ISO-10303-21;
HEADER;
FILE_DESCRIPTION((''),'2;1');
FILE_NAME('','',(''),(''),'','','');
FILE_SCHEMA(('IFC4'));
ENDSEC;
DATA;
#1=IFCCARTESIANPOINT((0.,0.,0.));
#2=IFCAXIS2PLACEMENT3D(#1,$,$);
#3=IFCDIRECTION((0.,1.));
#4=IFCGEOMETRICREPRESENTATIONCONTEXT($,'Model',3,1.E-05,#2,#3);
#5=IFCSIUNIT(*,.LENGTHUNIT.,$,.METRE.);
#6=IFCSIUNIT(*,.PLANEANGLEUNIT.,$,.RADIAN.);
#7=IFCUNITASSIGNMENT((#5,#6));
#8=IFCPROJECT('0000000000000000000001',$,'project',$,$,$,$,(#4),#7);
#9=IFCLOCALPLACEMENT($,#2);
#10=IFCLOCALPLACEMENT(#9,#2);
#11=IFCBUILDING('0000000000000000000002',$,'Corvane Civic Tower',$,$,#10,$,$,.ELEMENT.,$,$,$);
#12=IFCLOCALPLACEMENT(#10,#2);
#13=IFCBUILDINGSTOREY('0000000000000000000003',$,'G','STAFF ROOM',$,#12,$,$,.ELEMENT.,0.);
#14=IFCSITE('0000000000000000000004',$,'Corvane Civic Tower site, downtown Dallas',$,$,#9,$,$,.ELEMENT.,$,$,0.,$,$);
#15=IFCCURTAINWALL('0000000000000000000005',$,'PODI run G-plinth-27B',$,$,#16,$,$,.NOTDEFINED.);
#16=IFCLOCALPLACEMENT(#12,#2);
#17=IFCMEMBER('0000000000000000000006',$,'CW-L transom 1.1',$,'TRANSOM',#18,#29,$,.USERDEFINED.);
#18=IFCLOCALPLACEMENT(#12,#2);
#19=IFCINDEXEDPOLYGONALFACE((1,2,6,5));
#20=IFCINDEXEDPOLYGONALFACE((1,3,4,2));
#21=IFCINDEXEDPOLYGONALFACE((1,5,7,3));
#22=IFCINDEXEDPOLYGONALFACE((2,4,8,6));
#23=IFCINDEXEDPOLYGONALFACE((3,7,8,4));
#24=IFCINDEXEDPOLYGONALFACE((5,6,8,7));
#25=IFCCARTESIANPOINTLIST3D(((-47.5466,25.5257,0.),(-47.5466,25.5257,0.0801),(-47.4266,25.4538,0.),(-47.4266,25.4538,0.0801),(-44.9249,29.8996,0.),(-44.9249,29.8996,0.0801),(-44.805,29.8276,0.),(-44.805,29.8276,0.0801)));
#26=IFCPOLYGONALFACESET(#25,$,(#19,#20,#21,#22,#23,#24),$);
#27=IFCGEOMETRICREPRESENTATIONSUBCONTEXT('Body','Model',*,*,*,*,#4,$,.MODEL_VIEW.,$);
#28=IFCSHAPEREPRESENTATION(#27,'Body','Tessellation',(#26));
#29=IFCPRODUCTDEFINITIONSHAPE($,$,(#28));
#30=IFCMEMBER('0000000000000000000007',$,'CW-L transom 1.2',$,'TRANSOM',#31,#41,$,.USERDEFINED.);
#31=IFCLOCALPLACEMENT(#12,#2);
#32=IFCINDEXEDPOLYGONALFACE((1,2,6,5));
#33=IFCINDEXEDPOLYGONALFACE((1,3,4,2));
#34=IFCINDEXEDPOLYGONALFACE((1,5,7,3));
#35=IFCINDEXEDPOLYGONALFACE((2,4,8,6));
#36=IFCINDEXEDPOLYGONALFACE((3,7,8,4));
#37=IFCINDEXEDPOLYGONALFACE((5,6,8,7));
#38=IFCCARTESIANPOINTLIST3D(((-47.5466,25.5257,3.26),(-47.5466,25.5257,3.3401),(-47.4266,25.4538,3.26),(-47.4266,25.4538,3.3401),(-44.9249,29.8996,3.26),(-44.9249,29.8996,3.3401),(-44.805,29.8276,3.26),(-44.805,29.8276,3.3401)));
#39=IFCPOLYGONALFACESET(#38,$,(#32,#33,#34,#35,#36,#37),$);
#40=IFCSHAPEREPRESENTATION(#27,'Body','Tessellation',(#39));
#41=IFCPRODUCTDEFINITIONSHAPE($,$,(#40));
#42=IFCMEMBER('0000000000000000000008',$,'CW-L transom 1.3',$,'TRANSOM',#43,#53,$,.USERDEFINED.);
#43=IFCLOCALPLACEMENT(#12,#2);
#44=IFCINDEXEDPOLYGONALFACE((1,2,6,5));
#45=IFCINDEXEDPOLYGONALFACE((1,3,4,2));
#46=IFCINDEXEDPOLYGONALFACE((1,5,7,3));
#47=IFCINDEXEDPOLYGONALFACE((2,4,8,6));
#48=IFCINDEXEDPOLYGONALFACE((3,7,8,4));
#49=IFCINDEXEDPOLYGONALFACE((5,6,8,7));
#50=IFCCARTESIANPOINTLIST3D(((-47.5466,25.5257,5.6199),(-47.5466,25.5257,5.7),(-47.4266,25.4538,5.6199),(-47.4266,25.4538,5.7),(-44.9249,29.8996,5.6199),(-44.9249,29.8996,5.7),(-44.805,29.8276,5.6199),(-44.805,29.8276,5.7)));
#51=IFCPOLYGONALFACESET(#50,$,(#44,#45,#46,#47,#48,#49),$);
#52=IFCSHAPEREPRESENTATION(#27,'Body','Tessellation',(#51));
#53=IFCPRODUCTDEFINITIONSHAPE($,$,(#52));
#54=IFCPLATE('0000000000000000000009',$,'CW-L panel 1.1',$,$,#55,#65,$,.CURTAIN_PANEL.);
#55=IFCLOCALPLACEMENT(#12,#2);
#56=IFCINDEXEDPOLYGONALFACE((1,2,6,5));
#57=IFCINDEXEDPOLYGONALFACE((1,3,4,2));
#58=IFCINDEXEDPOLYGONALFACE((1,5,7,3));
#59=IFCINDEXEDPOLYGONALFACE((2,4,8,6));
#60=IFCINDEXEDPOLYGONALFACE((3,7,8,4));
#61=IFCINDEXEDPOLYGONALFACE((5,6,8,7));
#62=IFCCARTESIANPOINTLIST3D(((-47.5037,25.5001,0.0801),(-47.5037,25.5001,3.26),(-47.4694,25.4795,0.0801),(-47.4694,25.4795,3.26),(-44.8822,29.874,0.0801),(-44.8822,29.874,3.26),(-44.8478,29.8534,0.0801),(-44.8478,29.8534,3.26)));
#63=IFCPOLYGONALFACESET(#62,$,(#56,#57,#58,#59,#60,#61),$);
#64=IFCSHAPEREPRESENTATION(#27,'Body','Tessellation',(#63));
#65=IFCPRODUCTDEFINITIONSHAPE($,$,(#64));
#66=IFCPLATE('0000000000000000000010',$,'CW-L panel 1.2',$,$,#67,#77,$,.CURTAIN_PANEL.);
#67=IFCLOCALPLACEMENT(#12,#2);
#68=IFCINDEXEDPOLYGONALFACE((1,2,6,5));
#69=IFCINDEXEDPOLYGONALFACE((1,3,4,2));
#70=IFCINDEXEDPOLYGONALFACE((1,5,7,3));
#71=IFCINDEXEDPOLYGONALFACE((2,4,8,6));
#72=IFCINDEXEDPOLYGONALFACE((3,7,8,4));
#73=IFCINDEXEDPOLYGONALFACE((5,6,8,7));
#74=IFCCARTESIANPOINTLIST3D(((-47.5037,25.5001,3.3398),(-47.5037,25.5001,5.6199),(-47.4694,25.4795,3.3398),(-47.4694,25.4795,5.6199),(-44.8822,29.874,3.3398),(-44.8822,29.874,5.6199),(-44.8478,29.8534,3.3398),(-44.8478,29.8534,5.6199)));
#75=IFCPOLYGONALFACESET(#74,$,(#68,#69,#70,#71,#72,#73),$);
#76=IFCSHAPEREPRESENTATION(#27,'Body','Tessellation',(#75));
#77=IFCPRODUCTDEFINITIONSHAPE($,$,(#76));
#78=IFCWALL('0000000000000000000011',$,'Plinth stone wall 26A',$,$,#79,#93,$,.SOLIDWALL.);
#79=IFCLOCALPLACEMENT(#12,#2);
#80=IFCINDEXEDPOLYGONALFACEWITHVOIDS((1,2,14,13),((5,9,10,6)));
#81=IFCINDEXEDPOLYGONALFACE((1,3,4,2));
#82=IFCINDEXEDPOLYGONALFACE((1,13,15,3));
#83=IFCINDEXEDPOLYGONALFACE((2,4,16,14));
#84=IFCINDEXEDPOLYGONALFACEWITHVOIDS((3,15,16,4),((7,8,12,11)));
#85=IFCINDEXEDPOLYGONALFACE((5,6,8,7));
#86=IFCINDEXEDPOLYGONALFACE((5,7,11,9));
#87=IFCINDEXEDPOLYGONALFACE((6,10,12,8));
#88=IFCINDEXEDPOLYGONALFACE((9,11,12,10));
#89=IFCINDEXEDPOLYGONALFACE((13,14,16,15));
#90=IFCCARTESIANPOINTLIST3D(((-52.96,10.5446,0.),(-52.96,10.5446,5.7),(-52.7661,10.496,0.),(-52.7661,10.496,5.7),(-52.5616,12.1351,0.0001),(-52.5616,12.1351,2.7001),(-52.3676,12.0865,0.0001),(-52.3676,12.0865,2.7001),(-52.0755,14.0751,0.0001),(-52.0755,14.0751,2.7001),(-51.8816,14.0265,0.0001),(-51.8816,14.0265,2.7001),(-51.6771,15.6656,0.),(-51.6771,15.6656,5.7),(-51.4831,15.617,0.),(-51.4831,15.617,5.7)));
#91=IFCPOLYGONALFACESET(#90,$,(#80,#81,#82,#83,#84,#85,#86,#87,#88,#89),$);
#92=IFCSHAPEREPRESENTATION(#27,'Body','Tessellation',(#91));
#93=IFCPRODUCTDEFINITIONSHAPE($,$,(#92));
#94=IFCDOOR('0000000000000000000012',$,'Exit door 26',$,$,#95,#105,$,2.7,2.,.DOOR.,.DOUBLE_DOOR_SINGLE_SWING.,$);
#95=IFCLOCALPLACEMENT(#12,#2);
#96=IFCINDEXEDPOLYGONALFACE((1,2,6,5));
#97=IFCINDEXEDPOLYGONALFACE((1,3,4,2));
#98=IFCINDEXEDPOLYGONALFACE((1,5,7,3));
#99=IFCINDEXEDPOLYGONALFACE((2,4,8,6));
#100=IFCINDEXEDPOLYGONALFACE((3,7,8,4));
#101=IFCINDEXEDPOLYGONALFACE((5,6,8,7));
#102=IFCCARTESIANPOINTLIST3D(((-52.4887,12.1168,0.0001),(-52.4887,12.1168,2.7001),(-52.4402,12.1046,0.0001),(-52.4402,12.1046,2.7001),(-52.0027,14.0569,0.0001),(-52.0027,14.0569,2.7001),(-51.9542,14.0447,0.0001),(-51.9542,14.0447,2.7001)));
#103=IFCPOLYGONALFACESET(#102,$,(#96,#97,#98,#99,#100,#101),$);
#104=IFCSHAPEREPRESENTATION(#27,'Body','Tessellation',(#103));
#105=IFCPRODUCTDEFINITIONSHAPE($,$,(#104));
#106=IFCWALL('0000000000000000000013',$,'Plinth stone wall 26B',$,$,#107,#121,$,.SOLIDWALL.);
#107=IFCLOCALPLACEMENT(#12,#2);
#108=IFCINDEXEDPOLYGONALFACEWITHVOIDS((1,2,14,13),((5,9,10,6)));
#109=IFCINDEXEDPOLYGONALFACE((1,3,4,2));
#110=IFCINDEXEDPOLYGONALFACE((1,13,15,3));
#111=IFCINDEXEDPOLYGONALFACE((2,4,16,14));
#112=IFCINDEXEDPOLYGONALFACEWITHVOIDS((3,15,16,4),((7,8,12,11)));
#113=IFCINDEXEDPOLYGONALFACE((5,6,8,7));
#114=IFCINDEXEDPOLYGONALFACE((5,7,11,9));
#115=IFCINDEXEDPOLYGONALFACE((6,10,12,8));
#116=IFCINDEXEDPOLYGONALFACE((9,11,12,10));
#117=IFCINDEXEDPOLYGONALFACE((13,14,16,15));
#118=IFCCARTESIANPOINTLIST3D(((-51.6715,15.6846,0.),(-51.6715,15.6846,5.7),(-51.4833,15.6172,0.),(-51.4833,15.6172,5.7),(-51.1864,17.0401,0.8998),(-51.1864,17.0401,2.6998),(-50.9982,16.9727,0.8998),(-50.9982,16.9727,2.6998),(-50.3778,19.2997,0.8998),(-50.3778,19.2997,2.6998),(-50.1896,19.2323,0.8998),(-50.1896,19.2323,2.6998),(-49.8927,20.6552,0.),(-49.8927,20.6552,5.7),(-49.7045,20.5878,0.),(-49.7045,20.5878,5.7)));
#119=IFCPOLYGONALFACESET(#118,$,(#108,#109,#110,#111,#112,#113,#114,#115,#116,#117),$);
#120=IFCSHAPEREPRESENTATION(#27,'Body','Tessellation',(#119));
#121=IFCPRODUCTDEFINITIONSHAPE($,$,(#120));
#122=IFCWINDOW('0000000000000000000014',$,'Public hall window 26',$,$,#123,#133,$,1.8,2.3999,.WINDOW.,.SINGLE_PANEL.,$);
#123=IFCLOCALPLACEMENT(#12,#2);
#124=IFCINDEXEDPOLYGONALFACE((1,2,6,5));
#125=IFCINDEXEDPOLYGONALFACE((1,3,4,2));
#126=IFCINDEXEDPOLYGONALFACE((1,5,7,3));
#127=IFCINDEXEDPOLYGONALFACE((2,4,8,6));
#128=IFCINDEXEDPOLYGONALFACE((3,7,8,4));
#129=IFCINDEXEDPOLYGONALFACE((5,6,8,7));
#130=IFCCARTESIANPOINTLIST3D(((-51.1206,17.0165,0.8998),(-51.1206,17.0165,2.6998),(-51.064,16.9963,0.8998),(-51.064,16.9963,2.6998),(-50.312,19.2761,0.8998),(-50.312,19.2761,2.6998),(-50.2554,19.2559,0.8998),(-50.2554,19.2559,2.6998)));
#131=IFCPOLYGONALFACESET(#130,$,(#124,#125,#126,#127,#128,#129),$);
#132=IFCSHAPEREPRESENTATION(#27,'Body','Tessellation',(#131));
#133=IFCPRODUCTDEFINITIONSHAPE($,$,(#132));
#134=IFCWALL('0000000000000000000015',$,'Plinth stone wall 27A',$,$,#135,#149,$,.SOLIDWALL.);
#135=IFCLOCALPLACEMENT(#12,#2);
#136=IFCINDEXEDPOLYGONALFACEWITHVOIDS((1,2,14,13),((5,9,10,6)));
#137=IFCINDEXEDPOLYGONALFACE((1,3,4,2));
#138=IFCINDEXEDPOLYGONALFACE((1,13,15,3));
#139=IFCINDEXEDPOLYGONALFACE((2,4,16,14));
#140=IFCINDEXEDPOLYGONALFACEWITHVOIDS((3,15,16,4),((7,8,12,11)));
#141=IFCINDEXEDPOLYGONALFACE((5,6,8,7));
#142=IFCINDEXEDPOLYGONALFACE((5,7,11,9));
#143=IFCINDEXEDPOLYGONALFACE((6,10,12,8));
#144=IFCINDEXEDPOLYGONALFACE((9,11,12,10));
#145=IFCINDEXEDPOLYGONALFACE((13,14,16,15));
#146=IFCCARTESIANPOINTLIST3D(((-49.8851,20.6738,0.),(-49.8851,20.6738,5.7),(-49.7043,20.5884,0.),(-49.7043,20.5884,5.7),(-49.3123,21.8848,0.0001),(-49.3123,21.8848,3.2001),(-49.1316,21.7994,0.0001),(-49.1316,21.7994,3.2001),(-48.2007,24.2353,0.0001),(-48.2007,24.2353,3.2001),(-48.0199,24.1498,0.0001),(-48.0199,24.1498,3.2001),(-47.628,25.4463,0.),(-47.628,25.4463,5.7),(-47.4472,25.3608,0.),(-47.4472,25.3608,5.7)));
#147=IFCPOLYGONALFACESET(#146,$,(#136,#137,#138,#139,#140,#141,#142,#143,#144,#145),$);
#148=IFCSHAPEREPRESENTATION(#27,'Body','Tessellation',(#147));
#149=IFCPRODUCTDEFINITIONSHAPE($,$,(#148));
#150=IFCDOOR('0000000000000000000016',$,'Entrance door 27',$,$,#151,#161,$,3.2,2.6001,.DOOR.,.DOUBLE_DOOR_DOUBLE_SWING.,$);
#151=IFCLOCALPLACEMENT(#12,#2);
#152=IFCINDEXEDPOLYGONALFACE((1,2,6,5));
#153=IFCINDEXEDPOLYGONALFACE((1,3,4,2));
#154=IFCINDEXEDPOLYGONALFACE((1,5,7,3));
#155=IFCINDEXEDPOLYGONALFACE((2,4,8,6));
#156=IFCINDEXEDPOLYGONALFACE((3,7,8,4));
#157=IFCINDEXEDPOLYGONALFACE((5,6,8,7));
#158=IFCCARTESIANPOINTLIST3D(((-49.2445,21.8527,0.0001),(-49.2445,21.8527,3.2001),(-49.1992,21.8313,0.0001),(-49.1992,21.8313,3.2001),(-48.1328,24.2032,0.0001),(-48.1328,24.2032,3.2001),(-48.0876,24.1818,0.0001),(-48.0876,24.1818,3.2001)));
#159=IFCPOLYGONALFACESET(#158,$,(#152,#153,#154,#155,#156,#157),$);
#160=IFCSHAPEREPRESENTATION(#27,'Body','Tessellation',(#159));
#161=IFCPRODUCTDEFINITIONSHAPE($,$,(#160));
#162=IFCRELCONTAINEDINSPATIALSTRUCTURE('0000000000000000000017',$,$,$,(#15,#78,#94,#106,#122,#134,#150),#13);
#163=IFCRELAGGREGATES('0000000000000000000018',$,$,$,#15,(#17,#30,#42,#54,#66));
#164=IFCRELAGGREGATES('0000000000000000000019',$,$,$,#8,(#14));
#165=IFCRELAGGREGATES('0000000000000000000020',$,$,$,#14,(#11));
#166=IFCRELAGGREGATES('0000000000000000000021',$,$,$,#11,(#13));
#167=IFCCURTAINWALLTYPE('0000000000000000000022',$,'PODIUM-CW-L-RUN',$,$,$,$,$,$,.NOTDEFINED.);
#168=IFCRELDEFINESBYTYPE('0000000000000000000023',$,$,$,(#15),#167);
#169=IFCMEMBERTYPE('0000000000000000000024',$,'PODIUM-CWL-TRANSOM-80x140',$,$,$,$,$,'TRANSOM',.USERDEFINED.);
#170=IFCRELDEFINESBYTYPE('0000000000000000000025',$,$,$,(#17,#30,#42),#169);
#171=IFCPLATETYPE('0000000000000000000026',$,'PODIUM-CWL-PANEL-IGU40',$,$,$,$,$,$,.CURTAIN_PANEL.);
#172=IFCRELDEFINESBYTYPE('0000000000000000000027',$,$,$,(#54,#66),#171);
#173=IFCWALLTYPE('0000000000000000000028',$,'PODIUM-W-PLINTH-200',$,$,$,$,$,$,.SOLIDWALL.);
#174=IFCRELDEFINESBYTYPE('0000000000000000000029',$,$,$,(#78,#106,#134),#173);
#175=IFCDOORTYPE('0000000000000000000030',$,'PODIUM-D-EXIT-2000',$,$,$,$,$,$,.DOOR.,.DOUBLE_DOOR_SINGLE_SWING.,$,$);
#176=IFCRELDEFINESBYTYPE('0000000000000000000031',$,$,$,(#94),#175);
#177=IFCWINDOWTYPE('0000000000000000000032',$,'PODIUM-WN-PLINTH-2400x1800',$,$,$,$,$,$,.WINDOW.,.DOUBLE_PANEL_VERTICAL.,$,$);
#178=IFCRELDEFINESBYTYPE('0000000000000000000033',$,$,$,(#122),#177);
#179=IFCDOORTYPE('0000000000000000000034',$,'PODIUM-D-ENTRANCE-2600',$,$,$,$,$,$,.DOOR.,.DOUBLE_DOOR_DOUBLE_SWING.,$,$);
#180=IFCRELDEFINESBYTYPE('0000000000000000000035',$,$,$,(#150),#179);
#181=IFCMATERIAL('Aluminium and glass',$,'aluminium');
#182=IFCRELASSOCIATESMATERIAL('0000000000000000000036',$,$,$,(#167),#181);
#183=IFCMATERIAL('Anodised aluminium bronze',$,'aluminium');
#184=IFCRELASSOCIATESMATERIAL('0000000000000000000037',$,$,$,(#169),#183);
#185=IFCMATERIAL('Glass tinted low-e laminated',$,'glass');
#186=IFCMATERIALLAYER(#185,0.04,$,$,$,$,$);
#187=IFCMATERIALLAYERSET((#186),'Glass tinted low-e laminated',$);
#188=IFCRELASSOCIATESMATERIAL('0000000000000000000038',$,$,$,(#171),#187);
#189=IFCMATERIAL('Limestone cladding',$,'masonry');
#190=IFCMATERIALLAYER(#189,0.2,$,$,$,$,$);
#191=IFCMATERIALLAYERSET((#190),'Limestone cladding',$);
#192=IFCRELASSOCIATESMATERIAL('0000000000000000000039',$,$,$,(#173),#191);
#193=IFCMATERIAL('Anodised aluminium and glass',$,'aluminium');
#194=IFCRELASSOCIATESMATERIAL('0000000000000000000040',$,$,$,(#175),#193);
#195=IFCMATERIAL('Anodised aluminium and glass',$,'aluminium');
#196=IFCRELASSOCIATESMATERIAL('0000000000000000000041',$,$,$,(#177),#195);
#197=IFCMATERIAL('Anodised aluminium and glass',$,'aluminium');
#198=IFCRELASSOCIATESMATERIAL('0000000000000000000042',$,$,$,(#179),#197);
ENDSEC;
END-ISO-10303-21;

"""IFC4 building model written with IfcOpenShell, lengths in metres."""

from ifc_helpers import new_model, si_unit, direction, frame, frame_2d, origin, origin_2d, place, context, subcontext, project, spatial, rectangle, extrude, material, layer, layer_set, material_profile, profile_set, type_object, element, fill, aggregate, save


model = new_model("IFC4")

# Units and contexts
model_context = context("Model", 3, precision=1e-05, world=origin(), true_north=direction((0.0, 1.0)))
body_context = subcontext(model_context, "Body", "Model", "MODEL_VIEW")
ifc_project = project(units=[si_unit("LENGTHUNIT", "METRE"), si_unit("PLANEANGLEUNIT", "RADIAN")], contexts=[model_context])

# Site, building, storey
site_placement = place(None, origin())
site = spatial("IfcSite", under=ifc_project, at=site_placement, Name="Corvane Civic Tower site, downtown Dallas", CompositionType="ELEMENT", RefElevation=0.0)
building_placement = place(site_placement, origin())
building = spatial("IfcBuilding", under=site, at=building_placement, Name="Corvane Civic Tower", CompositionType="ELEMENT")
storey_placement = place(building_placement, origin())
storey = spatial("IfcBuildingStorey", under=building, at=storey_placement, Name="G", Description="STAFF ROOM", CompositionType="ELEMENT", Elevation=0.0)

# Curtain wall, members, plates
ifc_material_1 = material(Name="Aluminium and glass", Category="aluminium")
curtain_wall_type = type_object("IfcCurtainWallType", Name="PODIUM-CW-L-RUN", PredefinedType="NOTDEFINED", material=ifc_material_1)
curtain_wall_placement = place(storey_placement, origin())
curtain_wall = element("IfcCurtainWall", 1, at=curtain_wall_placement, inside=storey, type_object=curtain_wall_type, Name="PODI run G-plinth-27B", PredefinedType="NOTDEFINED")
ifc_material_2 = material(Name="Anodised aluminium bronze", Category="aluminium")
ifc_material_profile_1 = material_profile(ifc_material_2, rectangle(XDim=0.1399, YDim=0.0801, at=origin_2d()), Name="AL 140x80")
ifc_profile_set_1 = profile_set([ifc_material_profile_1], Name="Anodised aluminium bronze")
member_type_1 = type_object("IfcMemberType", Name="PODIUM-CWL-TRANSOM-80x140", ElementType="TRANSOM", PredefinedType="USERDEFINED", material=ifc_profile_set_1)
member_1_placement = place(storey_placement, frame((-47.4866, 25.4897, 0.04), z_axis=(0.514108, 0.857725, 0.0), x_axis=(-0.857725, 0.514108, 0.0)))
member_1 = element("IfcMember", 2, at=member_1_placement, type_object=member_type_1, Name="CW-L transom 1.1", ObjectType="TRANSOM", PredefinedType="USERDEFINED", context=body_context, shape_type="SweptSolid", body=[
    extrude(rectangle(XDim=0.1399, YDim=0.0801, at=origin_2d()), origin(), (0.0, 0.0, 1.0), 5.0994),
])
member_2_placement = place(storey_placement, frame((-47.4866, 25.4897, 3.3), z_axis=(0.514108, 0.857725, 0.0), x_axis=(-0.857725, 0.514108, 0.0)))
member_2 = element("IfcMember", 3, at=member_2_placement, type_object=member_type_1, Name="CW-L transom 1.2", ObjectType="TRANSOM", PredefinedType="USERDEFINED", context=body_context, shape_type="SweptSolid", body=[
    extrude(rectangle(XDim=0.1399, YDim=0.0801, at=origin_2d()), origin(), (0.0, 0.0, 1.0), 5.0994),
])
member_3_placement = place(storey_placement, frame((-47.4866, 25.4897, 5.6599), z_axis=(0.514108, 0.857725, 0.0), x_axis=(-0.857725, 0.514108, 0.0)))
member_3 = element("IfcMember", 4, at=member_3_placement, type_object=member_type_1, Name="CW-L transom 1.3", ObjectType="TRANSOM", PredefinedType="USERDEFINED", context=body_context, shape_type="SweptSolid", body=[
    extrude(rectangle(XDim=0.1399, YDim=0.0801, at=origin_2d()), origin(), (0.0, 0.0, 1.0), 5.0994),
])
ifc_material_3 = material(Name="Glass tinted low-e laminated", Category="glass")
ifc_layer_1 = layer(ifc_material_3, 0.04)
ifc_layer_set_1 = layer_set([ifc_layer_1], Name="Glass tinted low-e laminated")
plate_type = type_object("IfcPlateType", Name="PODIUM-CWL-PANEL-IGU40", PredefinedType="CURTAIN_PANEL", material=ifc_layer_set_1)
plate_1_placement = place(storey_placement, frame((-46.1758, 27.6768, 0.0801), z_axis=(0.0, 0.0, 1.0), x_axis=(0.514096, 0.857733, 0.0)))
plate_1 = element("IfcPlate", 5, at=plate_1_placement, type_object=plate_type, Name="CW-L panel 1.1", PredefinedType="CURTAIN_PANEL", context=body_context, shape_type="SweptSolid", body=[
    extrude(rectangle(XDim=5.0994, YDim=0.04, at=origin_2d()), origin(), (0.0, 0.0, 1.0), 3.1799),
])
plate_2_placement = place(storey_placement, frame((-46.1758, 27.6768, 3.3398), z_axis=(0.0, 0.0, 1.0), x_axis=(0.514096, 0.857733, 0.0)))
plate_2 = element("IfcPlate", 6, at=plate_2_placement, type_object=plate_type, Name="CW-L panel 1.2", PredefinedType="CURTAIN_PANEL", context=body_context, shape_type="SweptSolid", body=[
    extrude(rectangle(XDim=5.0994, YDim=0.04, at=origin_2d()), origin(), (0.0, 0.0, 1.0), 2.28),
])
aggregate(curtain_wall, [member_1, member_2, member_3, plate_1, plate_2])

# Wall, opening, door
ifc_material_4 = material(Name="Limestone cladding", Category="masonry")
ifc_layer_2 = layer(ifc_material_4, 0.2)
ifc_layer_set_2 = layer_set([ifc_layer_2], Name="Limestone cladding")
wall_type_1 = type_object("IfcWallType", Name="PODIUM-W-PLINTH-200", PredefinedType="SOLIDWALL", material=ifc_layer_set_2)
wall_1_placement = place(storey_placement, frame((-52.863, 10.5203, 0.0), z_axis=(0.0, 0.0, 1.0), x_axis=(0.243014, 0.970023, 0.0)))
wall_1 = element("IfcWall", 7, at=wall_1_placement, inside=storey, type_object=wall_type_1, Name="Plinth stone wall 26A", PredefinedType="SOLIDWALL", context=body_context, shape_type="SweptSolid", body=[
    extrude(rectangle(XDim=5.2793, YDim=0.2, at=frame_2d((2.6396, 0.0))), origin(), (0.0, 0.0, 1.0), 5.7),
])
opening_1_placement = place(wall_1_placement, frame((1.6396, 0.0, 0.0)))
opening_1 = element("IfcOpeningElement", 8, at=opening_1_placement, cuts=wall_1, PredefinedType="OPENING", context=body_context, shape_type="SweptSolid", body=[
    extrude(rectangle(XDim=2.0, YDim=2.7, at=frame_2d((1.0, 1.3501))), frame((0.0, 0.1099, 0.0), z_axis=(0.0, -1.0, 0.0), x_axis=(1.0, 0.0, 0.0)), (0.0, 0.0, 1.0), 0.22),
])
ifc_material_5 = material(Name="Anodised aluminium and glass", Category="aluminium")
door_type_1 = type_object("IfcDoorType", Name="PODIUM-D-EXIT-2000", OperationType="DOUBLE_DOOR_SINGLE_SWING", PredefinedType="DOOR", material=ifc_material_5)
door_1_placement = place(opening_1_placement, origin())
door_1 = element("IfcDoor", 9, at=door_1_placement, inside=storey, type_object=door_type_1, Name="Exit door 26", OperationType="DOUBLE_DOOR_SINGLE_SWING", OverallHeight=2.7, OverallWidth=2.0, PredefinedType="DOOR", context=body_context, shape_type="SweptSolid", body=[
    extrude(rectangle(XDim=2.0, YDim=2.7, at=frame_2d((1.0, 1.3501))), frame((0.0, 0.0249, 0.0), z_axis=(0.0, -1.0, 0.0), x_axis=(1.0, 0.0, 0.0)), (0.0, 0.0, 1.0), 0.05),
])
fill(opening_1, door_1)

# Wall, opening, window
wall_2_placement = place(storey_placement, frame((-51.5774, 15.6509, 0.0), z_axis=(0.0, 0.0, 1.0), x_axis=(0.336934, 0.941528, 0.0)))
wall_2 = element("IfcWall", 10, at=wall_2_placement, inside=storey, type_object=wall_type_1, Name="Plinth stone wall 26B", PredefinedType="SOLIDWALL", context=body_context, shape_type="SweptSolid", body=[
    extrude(rectangle(XDim=5.2793, YDim=0.2, at=frame_2d((2.6396, 0.0))), origin(), (0.0, 0.0, 1.0), 5.7),
])
opening_2_placement = place(wall_2_placement, frame((1.4397, 0.0, 0.8999)))
opening_2 = element("IfcOpeningElement", 11, at=opening_2_placement, cuts=wall_2, PredefinedType="OPENING", context=body_context, shape_type="SweptSolid", body=[
    extrude(rectangle(XDim=2.3999, YDim=1.8, at=frame_2d((1.2, 0.8999))), frame((0.0, 0.1099, 0.0), z_axis=(0.0, -1.0, 0.0), x_axis=(1.0, 0.0, 0.0)), (0.0, 0.0, 1.0), 0.22),
])
ifc_material_6 = material(Name="Anodised aluminium and glass", Category="aluminium")
window_type = type_object("IfcWindowType", Name="PODIUM-WN-PLINTH-2400x1800", PartitioningType="DOUBLE_PANEL_VERTICAL", PredefinedType="WINDOW", material=ifc_material_6)
window_1_placement = place(opening_2_placement, origin())
window_1 = element("IfcWindow", 12, at=window_1_placement, inside=storey, type_object=window_type, Name="Public hall window 26", OverallHeight=1.8, OverallWidth=2.3999, PartitioningType="SINGLE_PANEL", PredefinedType="WINDOW", context=body_context, shape_type="SweptSolid", body=[
    extrude(rectangle(XDim=2.3999, YDim=1.8, at=frame_2d((1.2, 0.8999))), frame((0.0, 0.03, 0.0), z_axis=(0.0, -1.0, 0.0), x_axis=(1.0, 0.0, 0.0)), (0.0, 0.0, 1.0), 0.0601),
])
fill(opening_2, window_1)

# Wall, opening, door
wall_3_placement = place(storey_placement, frame((-49.7947, 20.6311, 0.0), z_axis=(0.0, 0.0, 1.0), x_axis=(0.427536, 0.903999, 0.0)))
wall_3 = element("IfcWall", 13, at=wall_3_placement, inside=storey, type_object=wall_type_1, Name="Plinth stone wall 27A", PredefinedType="SOLIDWALL", context=body_context, shape_type="SweptSolid", body=[
    extrude(rectangle(XDim=5.2793, YDim=0.2, at=frame_2d((2.6396, 0.0))), origin(), (0.0, 0.0, 1.0), 5.7),
])
opening_3_placement = place(wall_3_placement, frame((1.3396, 0.0, 0.0)))
opening_3 = element("IfcOpeningElement", 14, at=opening_3_placement, cuts=wall_3, PredefinedType="OPENING", context=body_context, shape_type="SweptSolid", body=[
    extrude(rectangle(XDim=2.6001, YDim=3.2, at=frame_2d((1.3, 1.6001))), frame((0.0, 0.1099, 0.0), z_axis=(0.0, -1.0, 0.0), x_axis=(1.0, 0.0, 0.0)), (0.0, 0.0, 1.0), 0.22),
])
ifc_material_7 = material(Name="Anodised aluminium and glass", Category="aluminium")
door_type_2 = type_object("IfcDoorType", Name="PODIUM-D-ENTRANCE-2600", OperationType="DOUBLE_DOOR_DOUBLE_SWING", PredefinedType="DOOR", material=ifc_material_7)
door_2_placement = place(opening_3_placement, origin())
door_2 = element("IfcDoor", 15, at=door_2_placement, inside=storey, type_object=door_type_2, Name="Entrance door 27", OperationType="DOUBLE_DOOR_DOUBLE_SWING", OverallHeight=3.2, OverallWidth=2.6001, PredefinedType="DOOR", context=body_context, shape_type="SweptSolid", body=[
    extrude(rectangle(XDim=2.6001, YDim=3.2, at=frame_2d((1.3, 1.6001))), frame((0.0, 0.0249, 0.0), z_axis=(0.0, -1.0, 0.0), x_axis=(1.0, 0.0, 0.0)), (0.0, 0.0, 1.0), 0.05),
])
fill(opening_3, door_2)

save(model, "model.ifc")
